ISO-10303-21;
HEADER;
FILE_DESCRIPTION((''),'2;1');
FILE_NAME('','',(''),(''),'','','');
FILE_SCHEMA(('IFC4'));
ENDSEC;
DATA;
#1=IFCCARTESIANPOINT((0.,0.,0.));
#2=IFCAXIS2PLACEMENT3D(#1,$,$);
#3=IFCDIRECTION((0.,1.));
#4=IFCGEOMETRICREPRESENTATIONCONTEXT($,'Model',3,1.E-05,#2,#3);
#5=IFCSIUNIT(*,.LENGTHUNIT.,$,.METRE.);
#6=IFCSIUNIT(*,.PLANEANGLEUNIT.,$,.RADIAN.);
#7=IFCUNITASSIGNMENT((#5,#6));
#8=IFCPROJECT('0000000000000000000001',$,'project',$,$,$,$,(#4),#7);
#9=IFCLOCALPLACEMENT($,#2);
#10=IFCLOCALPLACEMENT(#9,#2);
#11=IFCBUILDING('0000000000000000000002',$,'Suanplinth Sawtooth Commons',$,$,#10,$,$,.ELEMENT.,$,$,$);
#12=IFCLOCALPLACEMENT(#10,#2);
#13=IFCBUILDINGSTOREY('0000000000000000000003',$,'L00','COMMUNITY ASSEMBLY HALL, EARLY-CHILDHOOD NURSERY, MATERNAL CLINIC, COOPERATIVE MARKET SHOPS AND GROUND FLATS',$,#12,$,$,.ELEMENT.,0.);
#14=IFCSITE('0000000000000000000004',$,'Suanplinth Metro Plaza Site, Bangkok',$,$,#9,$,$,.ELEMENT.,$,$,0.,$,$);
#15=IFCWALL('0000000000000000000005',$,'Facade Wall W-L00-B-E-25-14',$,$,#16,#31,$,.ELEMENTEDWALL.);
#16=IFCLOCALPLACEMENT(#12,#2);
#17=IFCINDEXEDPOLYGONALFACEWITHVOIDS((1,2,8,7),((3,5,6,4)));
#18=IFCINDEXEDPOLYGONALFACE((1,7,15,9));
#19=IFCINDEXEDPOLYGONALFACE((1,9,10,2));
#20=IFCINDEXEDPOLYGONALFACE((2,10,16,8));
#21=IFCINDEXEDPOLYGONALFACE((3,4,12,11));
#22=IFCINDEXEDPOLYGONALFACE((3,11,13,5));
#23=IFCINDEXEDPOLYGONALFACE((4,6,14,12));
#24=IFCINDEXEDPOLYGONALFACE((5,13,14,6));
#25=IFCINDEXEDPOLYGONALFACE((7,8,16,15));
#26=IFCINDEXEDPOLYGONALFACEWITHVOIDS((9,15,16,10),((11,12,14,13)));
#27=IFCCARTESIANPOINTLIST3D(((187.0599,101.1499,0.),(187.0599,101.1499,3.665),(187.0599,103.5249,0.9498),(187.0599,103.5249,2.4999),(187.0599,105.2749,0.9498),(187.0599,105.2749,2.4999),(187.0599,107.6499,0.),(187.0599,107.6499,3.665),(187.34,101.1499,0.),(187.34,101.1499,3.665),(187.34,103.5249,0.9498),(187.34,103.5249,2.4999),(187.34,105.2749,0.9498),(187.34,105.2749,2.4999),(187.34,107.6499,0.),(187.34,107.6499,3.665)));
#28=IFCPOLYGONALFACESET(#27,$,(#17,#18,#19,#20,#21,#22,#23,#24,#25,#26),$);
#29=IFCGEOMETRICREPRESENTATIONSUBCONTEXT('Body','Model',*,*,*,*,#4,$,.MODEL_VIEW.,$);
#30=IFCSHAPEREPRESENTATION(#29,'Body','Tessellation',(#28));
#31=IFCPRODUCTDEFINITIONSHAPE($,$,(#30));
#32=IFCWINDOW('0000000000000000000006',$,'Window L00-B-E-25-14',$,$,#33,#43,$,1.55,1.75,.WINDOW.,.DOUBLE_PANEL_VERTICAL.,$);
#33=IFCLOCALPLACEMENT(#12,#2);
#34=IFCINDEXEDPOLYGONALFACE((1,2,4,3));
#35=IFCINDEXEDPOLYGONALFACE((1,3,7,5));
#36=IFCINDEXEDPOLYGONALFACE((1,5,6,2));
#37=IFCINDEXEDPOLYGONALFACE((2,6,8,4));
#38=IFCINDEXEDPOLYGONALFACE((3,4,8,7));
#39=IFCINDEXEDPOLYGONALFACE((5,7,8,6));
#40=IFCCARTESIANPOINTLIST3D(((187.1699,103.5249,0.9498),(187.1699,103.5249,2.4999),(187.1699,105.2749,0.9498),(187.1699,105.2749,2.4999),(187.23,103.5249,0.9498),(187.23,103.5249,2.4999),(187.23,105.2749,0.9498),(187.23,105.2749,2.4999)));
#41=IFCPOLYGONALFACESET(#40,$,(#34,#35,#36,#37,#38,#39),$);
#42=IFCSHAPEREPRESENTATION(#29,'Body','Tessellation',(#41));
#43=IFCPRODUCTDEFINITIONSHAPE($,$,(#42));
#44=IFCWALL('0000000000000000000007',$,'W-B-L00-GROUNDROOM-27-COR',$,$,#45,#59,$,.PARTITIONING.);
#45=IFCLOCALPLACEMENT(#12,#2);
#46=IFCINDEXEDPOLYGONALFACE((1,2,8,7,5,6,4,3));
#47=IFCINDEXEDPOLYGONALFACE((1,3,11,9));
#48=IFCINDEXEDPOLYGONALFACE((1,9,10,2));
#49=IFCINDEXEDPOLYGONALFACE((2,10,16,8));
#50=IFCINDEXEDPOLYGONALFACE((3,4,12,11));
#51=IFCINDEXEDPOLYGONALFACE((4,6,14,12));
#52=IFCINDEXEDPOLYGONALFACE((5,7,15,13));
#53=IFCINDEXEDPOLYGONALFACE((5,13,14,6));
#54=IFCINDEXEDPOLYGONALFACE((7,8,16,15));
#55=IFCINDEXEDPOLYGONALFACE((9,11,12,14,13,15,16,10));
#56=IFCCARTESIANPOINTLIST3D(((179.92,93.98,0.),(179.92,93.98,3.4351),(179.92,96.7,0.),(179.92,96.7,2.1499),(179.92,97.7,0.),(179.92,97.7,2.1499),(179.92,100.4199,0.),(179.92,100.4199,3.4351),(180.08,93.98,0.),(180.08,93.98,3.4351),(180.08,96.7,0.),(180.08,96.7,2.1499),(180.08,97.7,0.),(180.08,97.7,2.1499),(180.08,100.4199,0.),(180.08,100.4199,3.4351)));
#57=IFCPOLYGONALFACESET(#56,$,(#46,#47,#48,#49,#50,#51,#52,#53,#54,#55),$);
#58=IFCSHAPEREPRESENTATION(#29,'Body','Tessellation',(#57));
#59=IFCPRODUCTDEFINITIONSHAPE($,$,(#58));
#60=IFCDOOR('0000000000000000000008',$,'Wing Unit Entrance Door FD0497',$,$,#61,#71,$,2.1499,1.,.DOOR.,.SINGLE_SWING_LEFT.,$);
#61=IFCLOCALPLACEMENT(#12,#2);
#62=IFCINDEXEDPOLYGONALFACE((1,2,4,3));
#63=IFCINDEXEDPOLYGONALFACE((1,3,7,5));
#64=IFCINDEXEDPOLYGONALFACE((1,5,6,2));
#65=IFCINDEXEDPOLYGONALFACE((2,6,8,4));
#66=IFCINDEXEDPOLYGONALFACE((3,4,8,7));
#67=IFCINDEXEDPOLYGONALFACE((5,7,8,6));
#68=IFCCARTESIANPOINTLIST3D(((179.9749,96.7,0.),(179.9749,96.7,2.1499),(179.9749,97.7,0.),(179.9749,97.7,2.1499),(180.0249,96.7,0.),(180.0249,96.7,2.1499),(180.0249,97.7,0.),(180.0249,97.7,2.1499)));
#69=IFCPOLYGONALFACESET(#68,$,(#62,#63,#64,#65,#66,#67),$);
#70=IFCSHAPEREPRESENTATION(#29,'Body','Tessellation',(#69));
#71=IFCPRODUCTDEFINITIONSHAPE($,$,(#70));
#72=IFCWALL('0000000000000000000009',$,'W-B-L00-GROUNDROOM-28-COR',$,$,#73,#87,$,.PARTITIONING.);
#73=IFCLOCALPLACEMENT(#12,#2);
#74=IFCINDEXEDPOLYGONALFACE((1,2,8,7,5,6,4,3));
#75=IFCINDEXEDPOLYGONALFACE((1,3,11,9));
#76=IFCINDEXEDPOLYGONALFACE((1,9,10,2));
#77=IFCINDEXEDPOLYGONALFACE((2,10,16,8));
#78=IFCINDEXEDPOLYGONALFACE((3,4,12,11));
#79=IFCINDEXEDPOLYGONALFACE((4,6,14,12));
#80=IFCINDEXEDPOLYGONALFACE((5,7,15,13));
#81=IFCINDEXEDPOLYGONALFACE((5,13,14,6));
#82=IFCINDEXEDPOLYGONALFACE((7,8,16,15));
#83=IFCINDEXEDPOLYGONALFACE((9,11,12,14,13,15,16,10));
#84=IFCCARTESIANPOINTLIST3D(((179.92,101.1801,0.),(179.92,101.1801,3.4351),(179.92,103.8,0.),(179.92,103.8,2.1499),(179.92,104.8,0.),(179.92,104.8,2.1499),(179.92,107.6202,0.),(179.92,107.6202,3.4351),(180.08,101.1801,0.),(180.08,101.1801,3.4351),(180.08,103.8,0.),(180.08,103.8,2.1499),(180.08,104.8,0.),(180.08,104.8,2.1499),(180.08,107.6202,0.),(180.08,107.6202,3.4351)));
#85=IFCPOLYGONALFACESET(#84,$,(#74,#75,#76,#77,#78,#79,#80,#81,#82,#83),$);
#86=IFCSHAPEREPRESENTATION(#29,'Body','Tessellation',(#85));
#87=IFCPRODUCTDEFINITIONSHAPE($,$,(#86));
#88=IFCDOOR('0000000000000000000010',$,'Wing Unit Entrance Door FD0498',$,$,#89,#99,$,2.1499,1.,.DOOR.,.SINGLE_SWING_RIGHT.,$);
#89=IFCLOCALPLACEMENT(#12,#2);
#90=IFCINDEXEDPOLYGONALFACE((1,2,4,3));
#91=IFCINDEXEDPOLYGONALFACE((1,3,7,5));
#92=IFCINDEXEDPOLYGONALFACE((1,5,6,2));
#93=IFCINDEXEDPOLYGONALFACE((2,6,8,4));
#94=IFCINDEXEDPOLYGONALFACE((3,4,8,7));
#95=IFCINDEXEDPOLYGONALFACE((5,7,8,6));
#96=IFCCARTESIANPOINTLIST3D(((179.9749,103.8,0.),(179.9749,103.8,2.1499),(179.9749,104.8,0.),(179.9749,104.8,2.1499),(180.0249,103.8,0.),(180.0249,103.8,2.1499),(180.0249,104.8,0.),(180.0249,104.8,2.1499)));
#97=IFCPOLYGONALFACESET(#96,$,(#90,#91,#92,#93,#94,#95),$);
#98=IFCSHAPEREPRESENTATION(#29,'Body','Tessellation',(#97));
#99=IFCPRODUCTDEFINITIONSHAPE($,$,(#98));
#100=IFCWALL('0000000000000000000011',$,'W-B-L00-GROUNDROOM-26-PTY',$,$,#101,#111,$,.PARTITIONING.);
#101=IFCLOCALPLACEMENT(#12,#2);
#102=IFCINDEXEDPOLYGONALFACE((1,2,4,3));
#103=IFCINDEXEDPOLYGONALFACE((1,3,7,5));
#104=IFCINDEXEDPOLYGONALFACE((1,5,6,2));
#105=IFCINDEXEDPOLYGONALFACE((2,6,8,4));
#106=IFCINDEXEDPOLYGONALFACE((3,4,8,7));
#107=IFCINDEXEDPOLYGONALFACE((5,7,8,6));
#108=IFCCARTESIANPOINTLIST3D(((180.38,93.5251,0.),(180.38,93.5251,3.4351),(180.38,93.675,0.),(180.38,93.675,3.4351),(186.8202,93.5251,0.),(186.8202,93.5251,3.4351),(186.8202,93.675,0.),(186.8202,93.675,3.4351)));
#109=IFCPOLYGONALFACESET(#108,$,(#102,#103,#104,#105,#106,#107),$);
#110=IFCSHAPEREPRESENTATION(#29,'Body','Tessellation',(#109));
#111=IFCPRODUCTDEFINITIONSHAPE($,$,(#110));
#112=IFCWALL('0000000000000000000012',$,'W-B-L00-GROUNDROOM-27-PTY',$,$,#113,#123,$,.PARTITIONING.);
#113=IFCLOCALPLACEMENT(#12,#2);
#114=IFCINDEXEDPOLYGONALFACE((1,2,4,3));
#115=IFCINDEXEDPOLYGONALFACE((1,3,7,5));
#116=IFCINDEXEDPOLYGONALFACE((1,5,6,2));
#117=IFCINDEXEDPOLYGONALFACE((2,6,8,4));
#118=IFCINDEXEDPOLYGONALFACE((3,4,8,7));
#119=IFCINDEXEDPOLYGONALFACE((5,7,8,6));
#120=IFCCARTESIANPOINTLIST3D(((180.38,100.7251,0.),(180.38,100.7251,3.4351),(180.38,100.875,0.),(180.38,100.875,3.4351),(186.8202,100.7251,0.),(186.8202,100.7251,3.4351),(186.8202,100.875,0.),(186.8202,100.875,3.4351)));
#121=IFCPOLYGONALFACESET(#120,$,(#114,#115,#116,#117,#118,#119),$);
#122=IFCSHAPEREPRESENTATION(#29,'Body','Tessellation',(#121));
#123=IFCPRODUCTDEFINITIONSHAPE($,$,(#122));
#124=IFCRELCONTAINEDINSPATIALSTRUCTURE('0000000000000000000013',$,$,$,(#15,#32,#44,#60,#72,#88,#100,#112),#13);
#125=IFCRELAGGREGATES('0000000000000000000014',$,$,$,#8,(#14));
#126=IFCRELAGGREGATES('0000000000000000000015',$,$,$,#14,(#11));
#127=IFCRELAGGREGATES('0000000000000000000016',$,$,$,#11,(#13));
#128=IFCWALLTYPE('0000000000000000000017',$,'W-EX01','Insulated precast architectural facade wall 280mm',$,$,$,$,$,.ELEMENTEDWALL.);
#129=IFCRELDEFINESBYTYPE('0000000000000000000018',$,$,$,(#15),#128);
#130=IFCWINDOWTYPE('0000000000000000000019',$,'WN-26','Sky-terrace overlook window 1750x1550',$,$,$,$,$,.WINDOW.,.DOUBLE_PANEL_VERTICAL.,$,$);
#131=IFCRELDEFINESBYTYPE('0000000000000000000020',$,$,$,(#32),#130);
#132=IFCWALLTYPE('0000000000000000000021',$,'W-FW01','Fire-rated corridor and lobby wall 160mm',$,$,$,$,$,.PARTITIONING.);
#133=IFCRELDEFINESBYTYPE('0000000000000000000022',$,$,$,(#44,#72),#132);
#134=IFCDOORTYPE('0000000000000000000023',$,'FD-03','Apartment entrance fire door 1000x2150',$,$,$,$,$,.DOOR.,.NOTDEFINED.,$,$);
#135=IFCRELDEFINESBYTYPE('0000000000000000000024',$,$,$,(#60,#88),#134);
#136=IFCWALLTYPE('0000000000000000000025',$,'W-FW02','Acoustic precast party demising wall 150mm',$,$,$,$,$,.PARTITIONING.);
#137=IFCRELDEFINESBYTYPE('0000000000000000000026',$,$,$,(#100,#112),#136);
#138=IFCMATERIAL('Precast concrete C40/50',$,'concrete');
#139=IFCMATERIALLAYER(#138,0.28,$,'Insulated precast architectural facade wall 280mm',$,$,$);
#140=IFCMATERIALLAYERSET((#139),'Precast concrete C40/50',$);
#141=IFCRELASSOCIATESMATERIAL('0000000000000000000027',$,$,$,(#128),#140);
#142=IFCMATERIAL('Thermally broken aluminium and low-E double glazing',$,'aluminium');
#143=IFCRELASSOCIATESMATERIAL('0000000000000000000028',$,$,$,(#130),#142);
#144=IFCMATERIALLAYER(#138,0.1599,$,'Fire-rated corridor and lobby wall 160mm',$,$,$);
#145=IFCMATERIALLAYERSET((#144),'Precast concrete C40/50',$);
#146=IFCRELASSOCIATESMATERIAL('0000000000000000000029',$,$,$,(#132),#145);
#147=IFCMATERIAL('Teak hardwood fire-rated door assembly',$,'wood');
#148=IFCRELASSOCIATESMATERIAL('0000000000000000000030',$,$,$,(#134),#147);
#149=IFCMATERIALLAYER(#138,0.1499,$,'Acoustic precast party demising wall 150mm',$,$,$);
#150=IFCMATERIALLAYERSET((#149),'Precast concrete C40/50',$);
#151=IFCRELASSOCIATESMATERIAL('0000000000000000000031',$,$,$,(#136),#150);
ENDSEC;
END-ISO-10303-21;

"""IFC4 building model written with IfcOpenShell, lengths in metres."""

from ifc_helpers import new_model, si_unit, direction, frame, frame_2d, origin, place, context, subcontext, project, spatial, rectangle, extrude, material, layer, layer_set, type_object, element, fill, save


model = new_model("IFC4")

# Units and contexts
model_context = context("Model", 3, precision=1e-05, world=origin(), true_north=direction((0.0, 1.0)))
body_context = subcontext(model_context, "Body", "Model", "MODEL_VIEW")
ifc_project = project(units=[si_unit("LENGTHUNIT", "METRE"), si_unit("PLANEANGLEUNIT", "RADIAN")], contexts=[model_context])

# Site, building, storey
site_placement = place(None, origin())
site = spatial("IfcSite", under=ifc_project, at=site_placement, Name="Suanplinth Metro Plaza Site, Bangkok", CompositionType="ELEMENT", RefElevation=0.0)
building_placement = place(site_placement, origin())
building = spatial("IfcBuilding", under=site, at=building_placement, Name="Suanplinth Sawtooth Commons", CompositionType="ELEMENT")
storey_placement = place(building_placement, origin())
storey = spatial("IfcBuildingStorey", under=building, at=storey_placement, Name="L00", Description="COMMUNITY ASSEMBLY HALL, EARLY-CHILDHOOD NURSERY, MATERNAL CLINIC, COOPERATIVE MARKET SHOPS AND GROUND FLATS", CompositionType="ELEMENT", Elevation=0.0)

# Shared definitions
ifc_material_1 = material(Name="Precast concrete C40/50", Category="concrete")

# Wall, opening, window
ifc_layer_1 = layer(ifc_material_1, 0.28, Name="Insulated precast architectural facade wall 280mm")
ifc_layer_set_1 = layer_set([ifc_layer_1], Name="Precast concrete C40/50")
wall_type_1 = type_object("IfcWallType", Name="W-EX01", Description="Insulated precast architectural facade wall 280mm", PredefinedType="ELEMENTEDWALL", material=ifc_layer_set_1)
ifc_material_2 = material(Name="Thermally broken aluminium and low-E double glazing", Category="aluminium")
wall_1_placement = place(storey_placement, frame((187.2, 101.1499, 0.0), z_axis=(0.0, 0.0, 1.0), x_axis=(0.0, 1.0, 0.0)))
wall_1 = element("IfcWall", 1, at=wall_1_placement, inside=storey, type_object=wall_type_1, Name="Facade Wall W-L00-B-E-25-14", PredefinedType="ELEMENTEDWALL", context=body_context, shape_type="SweptSolid", body=[
    extrude(rectangle(XDim=6.5, YDim=0.28, at=frame_2d((3.25, 0.0))), origin(), (0.0, 0.0, 1.0), 3.665),
])
opening_1_placement = place(wall_1_placement, frame((2.375, 0.0, 0.95)))
opening_1 = element("IfcOpeningElement", 2, at=opening_1_placement, cuts=wall_1, PredefinedType="OPENING", context=body_context, shape_type="SweptSolid", body=[
    extrude(rectangle(XDim=1.75, YDim=1.55, at=frame_2d((0.875, 0.7749))), frame((0.0, 0.1548, 0.0), z_axis=(0.0, -1.0, 0.0), x_axis=(1.0, 0.0, 0.0)), (0.0, 0.0, 1.0), 0.3098),
])
window_type_1 = type_object("IfcWindowType", Name="WN-26", Description="Sky-terrace overlook window 1750x1550", PartitioningType="DOUBLE_PANEL_VERTICAL", PredefinedType="WINDOW", material=ifc_material_2)
window_1_placement = place(opening_1_placement, origin())
window_1 = element("IfcWindow", 3, at=window_1_placement, inside=storey, type_object=window_type_1, Name="Window L00-B-E-25-14", OverallHeight=1.55, OverallWidth=1.75, PartitioningType="DOUBLE_PANEL_VERTICAL", PredefinedType="WINDOW", context=body_context, shape_type="SweptSolid", body=[
    extrude(rectangle(XDim=1.75, YDim=1.55, at=frame_2d((0.875, 0.7749))), frame((0.0, 0.03, 0.0), z_axis=(0.0, -1.0, 0.0), x_axis=(1.0, 0.0, 0.0)), (0.0, 0.0, 1.0), 0.0601),
])
fill(opening_1, window_1)

# Walls, openings, doors
ifc_layer_2 = layer(ifc_material_1, 0.1599, Name="Fire-rated corridor and lobby wall 160mm")
ifc_layer_set_2 = layer_set([ifc_layer_2], Name="Precast concrete C40/50")
wall_type_2 = type_object("IfcWallType", Name="W-FW01", Description="Fire-rated corridor and lobby wall 160mm", PredefinedType="PARTITIONING", material=ifc_layer_set_2)
wall_2_placement = place(storey_placement, frame((180.0, 93.98, 0.0), z_axis=(0.0, 0.0, 1.0), x_axis=(0.0, 1.0, 0.0)))
wall_2 = element("IfcWall", 4, at=wall_2_placement, inside=storey, type_object=wall_type_2, Name="W-B-L00-GROUNDROOM-27-COR", PredefinedType="PARTITIONING", context=body_context, shape_type="SweptSolid", body=[
    extrude(rectangle(XDim=6.4399, YDim=0.1599, at=frame_2d((3.22, 0.0))), origin(), (0.0, 0.0, 1.0), 3.4351),
])
opening_2_placement = place(wall_2_placement, frame((2.72, 0.0, 0.0)))
opening_2 = element("IfcOpeningElement", 5, at=opening_2_placement, cuts=wall_2, PredefinedType="OPENING", context=body_context, shape_type="SweptSolid", body=[
    extrude(rectangle(XDim=1.0, YDim=2.1499, at=frame_2d((0.5, 1.075))), frame((0.0, 0.0947, 0.0), z_axis=(0.0, -1.0, 0.0), x_axis=(1.0, 0.0, 0.0)), (0.0, 0.0, 1.0), 0.1897),
])
ifc_material_3 = material(Name="Teak hardwood fire-rated door assembly", Category="wood")
door_type = type_object("IfcDoorType", Name="FD-03", Description="Apartment entrance fire door 1000x2150", OperationType="NOTDEFINED", PredefinedType="DOOR", material=ifc_material_3)
door_1_placement = place(opening_2_placement, frame((1.0, 0.0, 0.0), z_axis=(0.0, 0.0, 1.0), x_axis=(-1.0, 0.0, 0.0)))
door_1 = element("IfcDoor", 6, at=door_1_placement, inside=storey, type_object=door_type, Name="Wing Unit Entrance Door FD0497", OperationType="SINGLE_SWING_LEFT", OverallHeight=2.1499, OverallWidth=1.0, PredefinedType="DOOR", context=body_context, shape_type="SweptSolid", body=[
    extrude(rectangle(XDim=1.0, YDim=2.1499, at=frame_2d((0.5, 1.075))), frame((0.0, 0.0249, 0.0), z_axis=(0.0, -1.0, 0.0), x_axis=(1.0, 0.0, 0.0)), (0.0, 0.0, 1.0), 0.05),
])
fill(opening_2, door_1)
wall_3_placement = place(storey_placement, frame((180.0, 101.1799, 0.0), z_axis=(0.0, 0.0, 1.0), x_axis=(0.0, 1.0, 0.0)))
wall_3 = element("IfcWall", 7, at=wall_3_placement, inside=storey, type_object=wall_type_2, Name="W-B-L00-GROUNDROOM-28-COR", PredefinedType="PARTITIONING", context=body_context, shape_type="SweptSolid", body=[
    extrude(rectangle(XDim=6.4402, YDim=0.1599, at=frame_2d((3.2202, 0.0))), origin(), (0.0, 0.0, 1.0), 3.4351),
])
opening_3_placement = place(wall_3_placement, frame((2.6201, 0.0, 0.0)))
opening_3 = element("IfcOpeningElement", 8, at=opening_3_placement, cuts=wall_3, PredefinedType="OPENING", context=body_context, shape_type="SweptSolid", body=[
    extrude(rectangle(XDim=1.0, YDim=2.1499, at=frame_2d((0.5, 1.075))), frame((0.0, 0.0947, 0.0), z_axis=(0.0, -1.0, 0.0), x_axis=(1.0, 0.0, 0.0)), (0.0, 0.0, 1.0), 0.1897),
])
door_2_placement = place(opening_3_placement, frame((1.0, 0.0, 0.0), z_axis=(0.0, 0.0, 1.0), x_axis=(-1.0, 0.0, 0.0)))
door_2 = element("IfcDoor", 9, at=door_2_placement, inside=storey, type_object=door_type, Name="Wing Unit Entrance Door FD0498", OperationType="SINGLE_SWING_RIGHT", OverallHeight=2.1499, OverallWidth=1.0, PredefinedType="DOOR", context=body_context, shape_type="SweptSolid", body=[
    extrude(rectangle(XDim=1.0, YDim=2.1499, at=frame_2d((0.5, 1.075))), frame((0.0, 0.0249, 0.0), z_axis=(0.0, -1.0, 0.0), x_axis=(1.0, 0.0, 0.0)), (0.0, 0.0, 1.0), 0.05),
])
fill(opening_3, door_2)

# Walls
ifc_layer_3 = layer(ifc_material_1, 0.1499, Name="Acoustic precast party demising wall 150mm")
ifc_layer_set_3 = layer_set([ifc_layer_3], Name="Precast concrete C40/50")
wall_type_3 = type_object("IfcWallType", Name="W-FW02", Description="Acoustic precast party demising wall 150mm", PredefinedType="PARTITIONING", material=ifc_layer_set_3)
for number, where, z_axis, x_axis, name in (
    (10, (180.3799, 93.6001, 0.0), (0.0, 0.0, 1.0), (1.0, 0.0, 0.0), "W-B-L00-GROUNDROOM-26-PTY"),
    (11, (180.3799, 100.8, 0.0), (0.0, 0.0, 1.0), (1.0, 0.0, 0.0), "W-B-L00-GROUNDROOM-27-PTY"),
):
    element("IfcWall", number, at=place(storey_placement, frame(where, z_axis=z_axis, x_axis=x_axis)), inside=storey, type_object=wall_type_3, Name=name, PredefinedType="PARTITIONING", context=body_context, shape_type="SweptSolid", body=[
        extrude(rectangle(XDim=6.4402, YDim=0.1499, at=frame_2d((3.2202, 0.0))), origin(), (0.0, 0.0, 1.0), 3.4351),
    ])

save(model, "model.ifc")
